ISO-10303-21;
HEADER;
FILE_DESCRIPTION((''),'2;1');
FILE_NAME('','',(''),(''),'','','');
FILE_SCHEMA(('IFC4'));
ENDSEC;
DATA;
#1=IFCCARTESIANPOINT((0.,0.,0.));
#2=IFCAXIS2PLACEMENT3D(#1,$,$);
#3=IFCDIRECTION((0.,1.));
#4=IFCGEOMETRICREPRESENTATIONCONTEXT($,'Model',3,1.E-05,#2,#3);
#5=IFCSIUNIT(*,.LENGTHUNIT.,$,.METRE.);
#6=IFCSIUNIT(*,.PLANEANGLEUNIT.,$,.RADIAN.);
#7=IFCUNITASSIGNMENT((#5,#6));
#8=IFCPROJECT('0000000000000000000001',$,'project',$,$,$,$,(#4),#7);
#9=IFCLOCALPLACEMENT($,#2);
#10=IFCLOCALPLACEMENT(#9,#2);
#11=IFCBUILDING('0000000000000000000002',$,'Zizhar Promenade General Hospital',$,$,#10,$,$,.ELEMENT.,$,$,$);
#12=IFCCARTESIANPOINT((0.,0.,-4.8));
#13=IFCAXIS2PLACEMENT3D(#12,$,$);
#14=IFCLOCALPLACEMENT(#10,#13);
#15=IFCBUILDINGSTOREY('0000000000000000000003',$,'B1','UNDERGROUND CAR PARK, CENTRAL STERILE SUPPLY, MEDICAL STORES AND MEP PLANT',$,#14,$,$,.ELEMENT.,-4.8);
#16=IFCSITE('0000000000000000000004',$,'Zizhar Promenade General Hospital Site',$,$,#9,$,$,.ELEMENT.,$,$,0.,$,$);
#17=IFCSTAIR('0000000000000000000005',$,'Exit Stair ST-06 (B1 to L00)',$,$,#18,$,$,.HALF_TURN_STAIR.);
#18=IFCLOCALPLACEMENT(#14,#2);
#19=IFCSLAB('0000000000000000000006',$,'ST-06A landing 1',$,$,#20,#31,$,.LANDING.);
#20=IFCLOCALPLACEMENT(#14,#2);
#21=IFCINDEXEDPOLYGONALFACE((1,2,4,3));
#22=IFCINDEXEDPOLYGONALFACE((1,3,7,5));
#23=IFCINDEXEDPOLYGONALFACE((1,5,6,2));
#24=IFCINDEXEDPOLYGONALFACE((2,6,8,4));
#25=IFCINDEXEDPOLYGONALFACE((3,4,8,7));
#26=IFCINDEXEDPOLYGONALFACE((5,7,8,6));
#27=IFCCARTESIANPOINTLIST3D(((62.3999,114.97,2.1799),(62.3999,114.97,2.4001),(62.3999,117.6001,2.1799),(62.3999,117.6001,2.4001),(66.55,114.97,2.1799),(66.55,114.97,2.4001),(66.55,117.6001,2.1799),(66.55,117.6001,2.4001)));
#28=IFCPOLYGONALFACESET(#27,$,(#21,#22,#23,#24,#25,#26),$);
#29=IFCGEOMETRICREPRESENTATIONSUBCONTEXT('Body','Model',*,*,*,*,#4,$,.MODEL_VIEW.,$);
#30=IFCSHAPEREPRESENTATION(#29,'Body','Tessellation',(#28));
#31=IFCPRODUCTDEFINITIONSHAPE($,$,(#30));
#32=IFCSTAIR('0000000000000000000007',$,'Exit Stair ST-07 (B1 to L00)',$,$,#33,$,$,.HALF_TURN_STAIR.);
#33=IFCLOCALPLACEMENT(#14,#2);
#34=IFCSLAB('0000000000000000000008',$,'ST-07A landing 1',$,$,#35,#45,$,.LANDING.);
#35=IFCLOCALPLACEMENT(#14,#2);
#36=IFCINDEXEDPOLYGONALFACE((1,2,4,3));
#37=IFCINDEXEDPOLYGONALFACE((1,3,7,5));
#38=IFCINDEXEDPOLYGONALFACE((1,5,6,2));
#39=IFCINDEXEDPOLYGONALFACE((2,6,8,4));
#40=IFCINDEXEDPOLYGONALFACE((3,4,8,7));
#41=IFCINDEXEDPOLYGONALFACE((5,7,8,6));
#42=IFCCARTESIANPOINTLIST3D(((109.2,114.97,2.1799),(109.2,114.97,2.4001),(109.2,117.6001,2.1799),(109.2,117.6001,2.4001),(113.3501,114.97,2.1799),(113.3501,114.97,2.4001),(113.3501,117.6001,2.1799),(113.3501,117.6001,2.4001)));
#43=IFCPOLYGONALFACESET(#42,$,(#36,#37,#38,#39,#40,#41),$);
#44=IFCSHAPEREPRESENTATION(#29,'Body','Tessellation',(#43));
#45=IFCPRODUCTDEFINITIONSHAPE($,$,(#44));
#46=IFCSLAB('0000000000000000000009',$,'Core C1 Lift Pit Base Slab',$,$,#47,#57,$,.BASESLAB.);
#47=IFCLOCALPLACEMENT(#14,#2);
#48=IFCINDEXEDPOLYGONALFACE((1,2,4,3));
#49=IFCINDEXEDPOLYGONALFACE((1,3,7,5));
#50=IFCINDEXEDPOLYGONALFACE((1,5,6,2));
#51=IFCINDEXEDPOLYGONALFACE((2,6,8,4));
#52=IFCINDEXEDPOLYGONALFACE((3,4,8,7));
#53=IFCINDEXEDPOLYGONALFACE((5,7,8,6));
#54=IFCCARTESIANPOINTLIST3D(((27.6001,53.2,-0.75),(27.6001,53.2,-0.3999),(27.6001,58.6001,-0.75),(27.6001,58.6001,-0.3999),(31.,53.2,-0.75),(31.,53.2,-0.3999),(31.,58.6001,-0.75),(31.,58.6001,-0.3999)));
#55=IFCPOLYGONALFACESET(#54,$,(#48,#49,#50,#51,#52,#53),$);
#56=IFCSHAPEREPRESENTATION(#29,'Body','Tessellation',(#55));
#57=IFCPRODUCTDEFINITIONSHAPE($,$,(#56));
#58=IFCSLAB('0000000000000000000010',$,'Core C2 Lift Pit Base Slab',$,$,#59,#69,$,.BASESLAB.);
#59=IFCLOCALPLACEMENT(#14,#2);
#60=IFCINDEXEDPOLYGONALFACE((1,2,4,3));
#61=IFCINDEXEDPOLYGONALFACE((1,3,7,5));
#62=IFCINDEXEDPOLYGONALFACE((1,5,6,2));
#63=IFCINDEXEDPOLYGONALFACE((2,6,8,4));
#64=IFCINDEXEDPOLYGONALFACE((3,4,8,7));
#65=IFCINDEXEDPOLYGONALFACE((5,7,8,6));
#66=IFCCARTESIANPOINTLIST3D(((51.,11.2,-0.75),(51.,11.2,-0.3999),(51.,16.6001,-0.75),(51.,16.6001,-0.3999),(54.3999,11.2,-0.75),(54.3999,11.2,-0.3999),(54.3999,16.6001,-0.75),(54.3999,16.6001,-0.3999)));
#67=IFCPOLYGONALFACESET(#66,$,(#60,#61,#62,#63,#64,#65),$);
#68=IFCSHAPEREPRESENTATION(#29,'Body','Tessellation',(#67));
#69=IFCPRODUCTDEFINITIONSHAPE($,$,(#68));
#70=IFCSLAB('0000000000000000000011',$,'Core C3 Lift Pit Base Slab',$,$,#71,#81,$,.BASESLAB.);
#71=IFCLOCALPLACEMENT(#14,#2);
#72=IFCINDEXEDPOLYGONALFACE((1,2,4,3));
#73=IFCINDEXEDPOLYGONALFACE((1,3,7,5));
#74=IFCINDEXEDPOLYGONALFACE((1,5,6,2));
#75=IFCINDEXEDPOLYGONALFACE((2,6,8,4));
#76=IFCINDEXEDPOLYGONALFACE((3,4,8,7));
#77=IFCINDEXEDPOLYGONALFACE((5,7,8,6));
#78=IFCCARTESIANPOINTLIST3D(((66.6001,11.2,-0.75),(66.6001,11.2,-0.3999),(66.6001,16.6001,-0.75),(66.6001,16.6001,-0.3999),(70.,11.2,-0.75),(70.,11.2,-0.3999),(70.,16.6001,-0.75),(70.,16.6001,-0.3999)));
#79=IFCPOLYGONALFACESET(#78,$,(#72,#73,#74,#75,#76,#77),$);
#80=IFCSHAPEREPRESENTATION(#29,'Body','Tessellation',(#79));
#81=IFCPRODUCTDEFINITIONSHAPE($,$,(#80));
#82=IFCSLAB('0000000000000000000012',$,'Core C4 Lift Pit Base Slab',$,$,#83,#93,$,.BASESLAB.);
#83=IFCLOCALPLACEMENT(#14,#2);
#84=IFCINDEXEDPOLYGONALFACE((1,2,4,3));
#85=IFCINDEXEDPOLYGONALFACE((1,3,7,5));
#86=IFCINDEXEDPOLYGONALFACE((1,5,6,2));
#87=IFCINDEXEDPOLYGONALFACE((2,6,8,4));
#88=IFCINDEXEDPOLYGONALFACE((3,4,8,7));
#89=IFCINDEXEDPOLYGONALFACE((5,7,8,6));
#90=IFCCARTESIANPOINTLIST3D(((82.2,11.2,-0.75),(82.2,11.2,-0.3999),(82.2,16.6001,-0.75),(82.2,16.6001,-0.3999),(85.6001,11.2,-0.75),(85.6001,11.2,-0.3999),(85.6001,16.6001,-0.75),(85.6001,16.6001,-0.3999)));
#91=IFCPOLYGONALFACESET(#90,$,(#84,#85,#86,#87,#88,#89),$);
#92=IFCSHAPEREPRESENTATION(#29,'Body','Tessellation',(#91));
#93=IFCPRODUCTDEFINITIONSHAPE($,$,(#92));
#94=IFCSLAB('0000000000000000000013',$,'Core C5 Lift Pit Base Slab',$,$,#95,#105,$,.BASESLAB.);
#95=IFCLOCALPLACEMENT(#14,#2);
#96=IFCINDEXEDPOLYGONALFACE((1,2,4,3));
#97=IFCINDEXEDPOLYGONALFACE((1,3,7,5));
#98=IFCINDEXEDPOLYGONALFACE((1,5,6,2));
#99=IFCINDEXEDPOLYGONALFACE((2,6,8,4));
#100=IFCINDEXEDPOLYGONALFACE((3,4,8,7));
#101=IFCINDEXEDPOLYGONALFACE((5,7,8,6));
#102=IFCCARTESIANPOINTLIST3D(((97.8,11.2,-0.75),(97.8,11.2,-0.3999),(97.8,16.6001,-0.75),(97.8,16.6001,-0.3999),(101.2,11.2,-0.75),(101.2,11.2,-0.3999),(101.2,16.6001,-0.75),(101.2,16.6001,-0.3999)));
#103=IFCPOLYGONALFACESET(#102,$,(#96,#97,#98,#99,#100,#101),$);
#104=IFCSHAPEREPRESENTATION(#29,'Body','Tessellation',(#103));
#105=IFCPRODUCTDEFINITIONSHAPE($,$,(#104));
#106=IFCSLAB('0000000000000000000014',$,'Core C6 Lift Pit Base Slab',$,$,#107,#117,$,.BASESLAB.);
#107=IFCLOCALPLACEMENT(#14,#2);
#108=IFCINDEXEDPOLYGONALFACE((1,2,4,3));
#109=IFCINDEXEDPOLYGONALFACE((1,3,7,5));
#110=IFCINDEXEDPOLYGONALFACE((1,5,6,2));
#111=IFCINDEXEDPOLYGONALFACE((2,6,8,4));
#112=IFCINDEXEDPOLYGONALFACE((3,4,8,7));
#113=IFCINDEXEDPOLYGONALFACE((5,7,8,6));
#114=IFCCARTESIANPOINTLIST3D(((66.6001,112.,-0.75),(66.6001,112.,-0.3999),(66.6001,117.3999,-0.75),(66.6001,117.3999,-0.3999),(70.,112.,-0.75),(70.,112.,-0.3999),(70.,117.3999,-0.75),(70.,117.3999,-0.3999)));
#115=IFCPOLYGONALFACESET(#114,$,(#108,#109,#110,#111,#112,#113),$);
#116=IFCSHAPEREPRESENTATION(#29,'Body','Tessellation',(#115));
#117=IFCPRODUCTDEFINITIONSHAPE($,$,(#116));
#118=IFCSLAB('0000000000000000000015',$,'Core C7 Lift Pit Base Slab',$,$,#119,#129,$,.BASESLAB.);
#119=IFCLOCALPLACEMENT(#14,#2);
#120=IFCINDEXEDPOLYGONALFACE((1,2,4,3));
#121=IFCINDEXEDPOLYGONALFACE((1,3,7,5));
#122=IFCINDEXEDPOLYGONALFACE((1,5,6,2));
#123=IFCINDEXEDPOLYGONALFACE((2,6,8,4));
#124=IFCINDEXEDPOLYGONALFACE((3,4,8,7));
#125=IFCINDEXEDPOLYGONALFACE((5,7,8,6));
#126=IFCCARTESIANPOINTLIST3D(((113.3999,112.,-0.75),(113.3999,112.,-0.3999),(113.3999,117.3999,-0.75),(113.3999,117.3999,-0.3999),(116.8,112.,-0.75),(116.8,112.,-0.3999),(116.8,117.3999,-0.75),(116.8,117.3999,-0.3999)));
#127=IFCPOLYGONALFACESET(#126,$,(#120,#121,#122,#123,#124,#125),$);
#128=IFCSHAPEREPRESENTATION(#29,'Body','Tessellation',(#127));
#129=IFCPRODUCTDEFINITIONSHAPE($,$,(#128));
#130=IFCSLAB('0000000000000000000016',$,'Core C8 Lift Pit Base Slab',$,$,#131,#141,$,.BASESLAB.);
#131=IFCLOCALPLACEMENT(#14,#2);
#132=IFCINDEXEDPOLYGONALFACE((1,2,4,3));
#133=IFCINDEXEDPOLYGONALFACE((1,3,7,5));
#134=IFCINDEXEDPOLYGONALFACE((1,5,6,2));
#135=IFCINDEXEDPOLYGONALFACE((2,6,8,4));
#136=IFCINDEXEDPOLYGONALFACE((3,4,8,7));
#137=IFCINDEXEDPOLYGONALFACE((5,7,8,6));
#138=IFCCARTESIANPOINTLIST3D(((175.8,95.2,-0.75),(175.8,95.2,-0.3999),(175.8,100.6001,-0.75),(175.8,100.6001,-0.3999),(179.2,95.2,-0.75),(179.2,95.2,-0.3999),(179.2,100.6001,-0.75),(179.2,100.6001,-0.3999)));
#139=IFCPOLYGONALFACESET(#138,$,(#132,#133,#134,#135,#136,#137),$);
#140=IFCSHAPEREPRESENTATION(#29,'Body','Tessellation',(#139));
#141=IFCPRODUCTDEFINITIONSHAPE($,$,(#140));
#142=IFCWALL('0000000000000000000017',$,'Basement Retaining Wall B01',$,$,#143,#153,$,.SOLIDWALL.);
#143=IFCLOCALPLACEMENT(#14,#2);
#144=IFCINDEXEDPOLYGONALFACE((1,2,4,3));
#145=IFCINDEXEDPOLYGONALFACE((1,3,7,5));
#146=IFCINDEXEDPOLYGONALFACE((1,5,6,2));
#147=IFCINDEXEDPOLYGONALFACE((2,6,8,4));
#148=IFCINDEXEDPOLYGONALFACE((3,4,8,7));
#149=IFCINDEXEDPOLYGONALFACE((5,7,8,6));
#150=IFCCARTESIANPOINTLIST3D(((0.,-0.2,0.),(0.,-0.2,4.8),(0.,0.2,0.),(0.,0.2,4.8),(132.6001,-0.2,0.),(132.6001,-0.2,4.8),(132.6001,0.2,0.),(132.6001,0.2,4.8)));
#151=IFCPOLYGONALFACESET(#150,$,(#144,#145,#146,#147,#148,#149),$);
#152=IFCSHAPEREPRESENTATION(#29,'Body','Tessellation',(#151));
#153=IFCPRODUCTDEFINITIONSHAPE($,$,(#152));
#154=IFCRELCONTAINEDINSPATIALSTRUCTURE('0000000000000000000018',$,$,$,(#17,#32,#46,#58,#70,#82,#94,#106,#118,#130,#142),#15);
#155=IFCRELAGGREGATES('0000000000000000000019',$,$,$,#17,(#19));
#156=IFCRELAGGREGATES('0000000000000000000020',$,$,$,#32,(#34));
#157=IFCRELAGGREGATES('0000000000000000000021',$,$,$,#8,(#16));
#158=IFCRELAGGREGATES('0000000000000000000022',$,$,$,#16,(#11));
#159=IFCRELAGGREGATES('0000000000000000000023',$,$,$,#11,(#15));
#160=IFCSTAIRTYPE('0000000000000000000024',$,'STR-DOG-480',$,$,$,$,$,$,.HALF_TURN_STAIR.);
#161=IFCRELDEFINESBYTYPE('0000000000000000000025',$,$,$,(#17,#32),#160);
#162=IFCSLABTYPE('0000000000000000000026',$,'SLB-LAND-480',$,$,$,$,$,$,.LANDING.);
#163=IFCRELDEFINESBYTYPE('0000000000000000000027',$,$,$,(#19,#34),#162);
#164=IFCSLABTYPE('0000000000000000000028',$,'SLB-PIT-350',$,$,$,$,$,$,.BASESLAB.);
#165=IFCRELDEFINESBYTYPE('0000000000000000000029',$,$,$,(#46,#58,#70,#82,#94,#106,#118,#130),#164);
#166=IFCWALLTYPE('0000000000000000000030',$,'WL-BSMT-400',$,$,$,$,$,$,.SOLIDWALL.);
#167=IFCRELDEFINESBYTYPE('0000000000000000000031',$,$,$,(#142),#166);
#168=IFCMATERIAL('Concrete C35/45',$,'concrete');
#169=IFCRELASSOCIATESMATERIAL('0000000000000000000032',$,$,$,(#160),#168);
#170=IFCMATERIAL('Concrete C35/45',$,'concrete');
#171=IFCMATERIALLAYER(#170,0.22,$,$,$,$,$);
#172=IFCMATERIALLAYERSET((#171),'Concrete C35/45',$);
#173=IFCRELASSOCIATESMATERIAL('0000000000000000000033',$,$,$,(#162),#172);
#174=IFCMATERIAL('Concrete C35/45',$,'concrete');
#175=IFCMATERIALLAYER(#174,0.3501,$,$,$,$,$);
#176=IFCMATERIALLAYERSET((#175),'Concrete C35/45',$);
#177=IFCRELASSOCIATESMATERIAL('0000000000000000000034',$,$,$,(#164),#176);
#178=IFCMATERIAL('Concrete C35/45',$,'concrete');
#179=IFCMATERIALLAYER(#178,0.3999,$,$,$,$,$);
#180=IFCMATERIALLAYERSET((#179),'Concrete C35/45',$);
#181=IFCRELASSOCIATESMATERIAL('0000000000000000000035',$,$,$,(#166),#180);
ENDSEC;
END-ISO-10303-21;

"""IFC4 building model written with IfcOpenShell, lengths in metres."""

from ifc_helpers import new_model, si_unit, direction, frame, frame_2d, origin, origin_with_axes, place, context, subcontext, project, spatial, polyline, rectangle, outline, extrude, material, layer, layer_set, type_object, element, aggregate, save


model = new_model("IFC4")

# Units and contexts
model_context = context("Model", 3, precision=1e-05, world=origin(), true_north=direction((0.0, 1.0)))
body_context = subcontext(model_context, "Body", "Model", "MODEL_VIEW")
ifc_project = project(units=[si_unit("LENGTHUNIT", "METRE"), si_unit("PLANEANGLEUNIT", "RADIAN")], contexts=[model_context])

# Site, building, storey
site_placement = place(None, origin())
site = spatial("IfcSite", under=ifc_project, at=site_placement, Name="Zizhar Promenade General Hospital Site", CompositionType="ELEMENT", RefElevation=0.0)
building_placement = place(site_placement, origin())
building = spatial("IfcBuilding", under=site, at=building_placement, Name="Zizhar Promenade General Hospital", CompositionType="ELEMENT")
storey_placement = place(building_placement, frame((0.0, 0.0, -4.8)))
storey = spatial("IfcBuildingStorey", under=building, at=storey_placement, Name="B1", Description="UNDERGROUND CAR PARK, CENTRAL STERILE SUPPLY, MEDICAL STORES AND MEP PLANT", CompositionType="ELEMENT", Elevation=-4.8)

# Stairs, slabs
ifc_material_1 = material(Name="Concrete C35/45", Category="concrete")
stair_type = type_object("IfcStairType", Name="STR-DOG-480", PredefinedType="HALF_TURN_STAIR", material=ifc_material_1)
ifc_material_2 = material(Name="Concrete C35/45", Category="concrete")
ifc_layer_1 = layer(ifc_material_2, 0.22)
ifc_layer_set_1 = layer_set([ifc_layer_1], Name="Concrete C35/45")
slab_type_1 = type_object("IfcSlabType", Name="SLB-LAND-480", PredefinedType="LANDING", material=ifc_layer_set_1)
stair_1_placement = place(storey_placement, origin())
stair_1 = element("IfcStair", 1, at=stair_1_placement, inside=storey, type_object=stair_type, Name="Exit Stair ST-06 (B1 to L00)", PredefinedType="HALF_TURN_STAIR")
slab_1_placement = place(storey_placement, frame((0.0, 0.0, 2.1799)))
slab_1 = element("IfcSlab", 2, at=slab_1_placement, type_object=slab_type_1, Name="ST-06A landing 1", PredefinedType="LANDING", context=body_context, shape_type="SweptSolid", body=[
    extrude(outline(polyline([(62.3999, 114.97), (66.55, 114.97), (66.55, 117.6001), (62.3999, 117.6001), (62.3999, 114.97)])), origin(), (0.0, 0.0, 1.0), 0.2202),
])
aggregate(stair_1, [slab_1])
stair_2_placement = place(storey_placement, origin())
stair_2 = element("IfcStair", 3, at=stair_2_placement, inside=storey, type_object=stair_type, Name="Exit Stair ST-07 (B1 to L00)", PredefinedType="HALF_TURN_STAIR")
slab_2_placement = place(storey_placement, frame((0.0, 0.0, 2.1799)))
slab_2 = element("IfcSlab", 4, at=slab_2_placement, type_object=slab_type_1, Name="ST-07A landing 1", PredefinedType="LANDING", context=body_context, shape_type="SweptSolid", body=[
    extrude(outline(polyline([(109.2, 114.97), (113.3501, 114.97), (113.3501, 117.6001), (109.2, 117.6001), (109.2, 114.97)])), origin(), (0.0, 0.0, 1.0), 0.2202),
])
aggregate(stair_2, [slab_2])

# Slabs
ifc_material_3 = material(Name="Concrete C35/45", Category="concrete")
ifc_layer_2 = layer(ifc_material_3, 0.3501)
ifc_layer_set_2 = layer_set([ifc_layer_2], Name="Concrete C35/45")
slab_type_2 = type_object("IfcSlabType", Name="SLB-PIT-350", PredefinedType="BASESLAB", material=ifc_layer_set_2)
slab_3_placement = place(storey_placement, frame((0.0, 0.0, -0.75)))
element("IfcSlab", 5, at=slab_3_placement, inside=storey, type_object=slab_type_2, Name="Core C1 Lift Pit Base Slab", PredefinedType="BASESLAB", context=body_context, shape_type="SweptSolid", body=[
    extrude(outline(polyline([(27.6001, 53.2), (31.0, 53.2), (31.0, 58.6001), (27.6001, 58.6001), (27.6001, 53.2)])), origin(), (0.0, 0.0, 1.0), 0.3501),
])
slab_4_placement = place(storey_placement, frame((0.0, 0.0, -0.75)))
element("IfcSlab", 6, at=slab_4_placement, inside=storey, type_object=slab_type_2, Name="Core C2 Lift Pit Base Slab", PredefinedType="BASESLAB", context=body_context, shape_type="SweptSolid", body=[
    extrude(outline(polyline([(51.0, 11.2), (54.3999, 11.2), (54.3999, 16.6001), (51.0, 16.6001), (51.0, 11.2)])), origin(), (0.0, 0.0, 1.0), 0.3501),
])
slab_5_placement = place(storey_placement, frame((0.0, 0.0, -0.75)))
element("IfcSlab", 7, at=slab_5_placement, inside=storey, type_object=slab_type_2, Name="Core C3 Lift Pit Base Slab", PredefinedType="BASESLAB", context=body_context, shape_type="SweptSolid", body=[
    extrude(outline(polyline([(66.6001, 11.2), (70.0, 11.2), (70.0, 16.6001), (66.6001, 16.6001), (66.6001, 11.2)])), origin(), (0.0, 0.0, 1.0), 0.3501),
])
slab_6_placement = place(storey_placement, frame((0.0, 0.0, -0.75)))
element("IfcSlab", 8, at=slab_6_placement, inside=storey, type_object=slab_type_2, Name="Core C4 Lift Pit Base Slab", PredefinedType="BASESLAB", context=body_context, shape_type="SweptSolid", body=[
    extrude(outline(polyline([(82.2, 11.2), (85.6001, 11.2), (85.6001, 16.6001), (82.2, 16.6001), (82.2, 11.2)])), origin(), (0.0, 0.0, 1.0), 0.3501),
])
slab_7_placement = place(storey_placement, frame((0.0, 0.0, -0.75)))
element("IfcSlab", 9, at=slab_7_placement, inside=storey, type_object=slab_type_2, Name="Core C5 Lift Pit Base Slab", PredefinedType="BASESLAB", context=body_context, shape_type="SweptSolid", body=[
    extrude(outline(polyline([(97.8, 11.2), (101.2, 11.2), (101.2, 16.6001), (97.8, 16.6001), (97.8, 11.2)])), origin(), (0.0, 0.0, 1.0), 0.3501),
])
slab_8_placement = place(storey_placement, frame((0.0, 0.0, -0.75)))
element("IfcSlab", 10, at=slab_8_placement, inside=storey, type_object=slab_type_2, Name="Core C6 Lift Pit Base Slab", PredefinedType="BASESLAB", context=body_context, shape_type="SweptSolid", body=[
    extrude(outline(polyline([(66.6001, 112.0), (70.0, 112.0), (70.0, 117.3999), (66.6001, 117.3999), (66.6001, 112.0)])), origin(), (0.0, 0.0, 1.0), 0.3501),
])
slab_9_placement = place(storey_placement, frame((0.0, 0.0, -0.75)))
element("IfcSlab", 11, at=slab_9_placement, inside=storey, type_object=slab_type_2, Name="Core C7 Lift Pit Base Slab", PredefinedType="BASESLAB", context=body_context, shape_type="SweptSolid", body=[
    extrude(outline(polyline([(113.3999, 112.0), (116.8, 112.0), (116.8, 117.3999), (113.3999, 117.3999), (113.3999, 112.0)])), origin(), (0.0, 0.0, 1.0), 0.3501),
])
slab_10_placement = place(storey_placement, frame((0.0, 0.0, -0.75)))
element("IfcSlab", 12, at=slab_10_placement, inside=storey, type_object=slab_type_2, Name="Core C8 Lift Pit Base Slab", PredefinedType="BASESLAB", context=body_context, shape_type="SweptSolid", body=[
    extrude(outline(polyline([(175.8, 95.2), (179.2, 95.2), (179.2, 100.6001), (175.8, 100.6001), (175.8, 95.2)])), origin(), (0.0, 0.0, 1.0), 0.3501),
])

# Wall
ifc_material_4 = material(Name="Concrete C35/45", Category="concrete")
ifc_layer_3 = layer(ifc_material_4, 0.3999)
ifc_layer_set_3 = layer_set([ifc_layer_3], Name="Concrete C35/45")
wall_type = type_object("IfcWallType", Name="WL-BSMT-400", PredefinedType="SOLIDWALL", material=ifc_layer_set_3)
wall_placement = place(storey_placement, origin_with_axes())
element("IfcWall", 13, at=wall_placement, inside=storey, type_object=wall_type, Name="Basement Retaining Wall B01", PredefinedType="SOLIDWALL", context=body_context, shape_type="SweptSolid", body=[
    extrude(rectangle(XDim=132.6001, YDim=0.3999, at=frame_2d((66.3, 0.0))), origin(), (0.0, 0.0, 1.0), 4.8),
])

save(model, "model.ifc")
